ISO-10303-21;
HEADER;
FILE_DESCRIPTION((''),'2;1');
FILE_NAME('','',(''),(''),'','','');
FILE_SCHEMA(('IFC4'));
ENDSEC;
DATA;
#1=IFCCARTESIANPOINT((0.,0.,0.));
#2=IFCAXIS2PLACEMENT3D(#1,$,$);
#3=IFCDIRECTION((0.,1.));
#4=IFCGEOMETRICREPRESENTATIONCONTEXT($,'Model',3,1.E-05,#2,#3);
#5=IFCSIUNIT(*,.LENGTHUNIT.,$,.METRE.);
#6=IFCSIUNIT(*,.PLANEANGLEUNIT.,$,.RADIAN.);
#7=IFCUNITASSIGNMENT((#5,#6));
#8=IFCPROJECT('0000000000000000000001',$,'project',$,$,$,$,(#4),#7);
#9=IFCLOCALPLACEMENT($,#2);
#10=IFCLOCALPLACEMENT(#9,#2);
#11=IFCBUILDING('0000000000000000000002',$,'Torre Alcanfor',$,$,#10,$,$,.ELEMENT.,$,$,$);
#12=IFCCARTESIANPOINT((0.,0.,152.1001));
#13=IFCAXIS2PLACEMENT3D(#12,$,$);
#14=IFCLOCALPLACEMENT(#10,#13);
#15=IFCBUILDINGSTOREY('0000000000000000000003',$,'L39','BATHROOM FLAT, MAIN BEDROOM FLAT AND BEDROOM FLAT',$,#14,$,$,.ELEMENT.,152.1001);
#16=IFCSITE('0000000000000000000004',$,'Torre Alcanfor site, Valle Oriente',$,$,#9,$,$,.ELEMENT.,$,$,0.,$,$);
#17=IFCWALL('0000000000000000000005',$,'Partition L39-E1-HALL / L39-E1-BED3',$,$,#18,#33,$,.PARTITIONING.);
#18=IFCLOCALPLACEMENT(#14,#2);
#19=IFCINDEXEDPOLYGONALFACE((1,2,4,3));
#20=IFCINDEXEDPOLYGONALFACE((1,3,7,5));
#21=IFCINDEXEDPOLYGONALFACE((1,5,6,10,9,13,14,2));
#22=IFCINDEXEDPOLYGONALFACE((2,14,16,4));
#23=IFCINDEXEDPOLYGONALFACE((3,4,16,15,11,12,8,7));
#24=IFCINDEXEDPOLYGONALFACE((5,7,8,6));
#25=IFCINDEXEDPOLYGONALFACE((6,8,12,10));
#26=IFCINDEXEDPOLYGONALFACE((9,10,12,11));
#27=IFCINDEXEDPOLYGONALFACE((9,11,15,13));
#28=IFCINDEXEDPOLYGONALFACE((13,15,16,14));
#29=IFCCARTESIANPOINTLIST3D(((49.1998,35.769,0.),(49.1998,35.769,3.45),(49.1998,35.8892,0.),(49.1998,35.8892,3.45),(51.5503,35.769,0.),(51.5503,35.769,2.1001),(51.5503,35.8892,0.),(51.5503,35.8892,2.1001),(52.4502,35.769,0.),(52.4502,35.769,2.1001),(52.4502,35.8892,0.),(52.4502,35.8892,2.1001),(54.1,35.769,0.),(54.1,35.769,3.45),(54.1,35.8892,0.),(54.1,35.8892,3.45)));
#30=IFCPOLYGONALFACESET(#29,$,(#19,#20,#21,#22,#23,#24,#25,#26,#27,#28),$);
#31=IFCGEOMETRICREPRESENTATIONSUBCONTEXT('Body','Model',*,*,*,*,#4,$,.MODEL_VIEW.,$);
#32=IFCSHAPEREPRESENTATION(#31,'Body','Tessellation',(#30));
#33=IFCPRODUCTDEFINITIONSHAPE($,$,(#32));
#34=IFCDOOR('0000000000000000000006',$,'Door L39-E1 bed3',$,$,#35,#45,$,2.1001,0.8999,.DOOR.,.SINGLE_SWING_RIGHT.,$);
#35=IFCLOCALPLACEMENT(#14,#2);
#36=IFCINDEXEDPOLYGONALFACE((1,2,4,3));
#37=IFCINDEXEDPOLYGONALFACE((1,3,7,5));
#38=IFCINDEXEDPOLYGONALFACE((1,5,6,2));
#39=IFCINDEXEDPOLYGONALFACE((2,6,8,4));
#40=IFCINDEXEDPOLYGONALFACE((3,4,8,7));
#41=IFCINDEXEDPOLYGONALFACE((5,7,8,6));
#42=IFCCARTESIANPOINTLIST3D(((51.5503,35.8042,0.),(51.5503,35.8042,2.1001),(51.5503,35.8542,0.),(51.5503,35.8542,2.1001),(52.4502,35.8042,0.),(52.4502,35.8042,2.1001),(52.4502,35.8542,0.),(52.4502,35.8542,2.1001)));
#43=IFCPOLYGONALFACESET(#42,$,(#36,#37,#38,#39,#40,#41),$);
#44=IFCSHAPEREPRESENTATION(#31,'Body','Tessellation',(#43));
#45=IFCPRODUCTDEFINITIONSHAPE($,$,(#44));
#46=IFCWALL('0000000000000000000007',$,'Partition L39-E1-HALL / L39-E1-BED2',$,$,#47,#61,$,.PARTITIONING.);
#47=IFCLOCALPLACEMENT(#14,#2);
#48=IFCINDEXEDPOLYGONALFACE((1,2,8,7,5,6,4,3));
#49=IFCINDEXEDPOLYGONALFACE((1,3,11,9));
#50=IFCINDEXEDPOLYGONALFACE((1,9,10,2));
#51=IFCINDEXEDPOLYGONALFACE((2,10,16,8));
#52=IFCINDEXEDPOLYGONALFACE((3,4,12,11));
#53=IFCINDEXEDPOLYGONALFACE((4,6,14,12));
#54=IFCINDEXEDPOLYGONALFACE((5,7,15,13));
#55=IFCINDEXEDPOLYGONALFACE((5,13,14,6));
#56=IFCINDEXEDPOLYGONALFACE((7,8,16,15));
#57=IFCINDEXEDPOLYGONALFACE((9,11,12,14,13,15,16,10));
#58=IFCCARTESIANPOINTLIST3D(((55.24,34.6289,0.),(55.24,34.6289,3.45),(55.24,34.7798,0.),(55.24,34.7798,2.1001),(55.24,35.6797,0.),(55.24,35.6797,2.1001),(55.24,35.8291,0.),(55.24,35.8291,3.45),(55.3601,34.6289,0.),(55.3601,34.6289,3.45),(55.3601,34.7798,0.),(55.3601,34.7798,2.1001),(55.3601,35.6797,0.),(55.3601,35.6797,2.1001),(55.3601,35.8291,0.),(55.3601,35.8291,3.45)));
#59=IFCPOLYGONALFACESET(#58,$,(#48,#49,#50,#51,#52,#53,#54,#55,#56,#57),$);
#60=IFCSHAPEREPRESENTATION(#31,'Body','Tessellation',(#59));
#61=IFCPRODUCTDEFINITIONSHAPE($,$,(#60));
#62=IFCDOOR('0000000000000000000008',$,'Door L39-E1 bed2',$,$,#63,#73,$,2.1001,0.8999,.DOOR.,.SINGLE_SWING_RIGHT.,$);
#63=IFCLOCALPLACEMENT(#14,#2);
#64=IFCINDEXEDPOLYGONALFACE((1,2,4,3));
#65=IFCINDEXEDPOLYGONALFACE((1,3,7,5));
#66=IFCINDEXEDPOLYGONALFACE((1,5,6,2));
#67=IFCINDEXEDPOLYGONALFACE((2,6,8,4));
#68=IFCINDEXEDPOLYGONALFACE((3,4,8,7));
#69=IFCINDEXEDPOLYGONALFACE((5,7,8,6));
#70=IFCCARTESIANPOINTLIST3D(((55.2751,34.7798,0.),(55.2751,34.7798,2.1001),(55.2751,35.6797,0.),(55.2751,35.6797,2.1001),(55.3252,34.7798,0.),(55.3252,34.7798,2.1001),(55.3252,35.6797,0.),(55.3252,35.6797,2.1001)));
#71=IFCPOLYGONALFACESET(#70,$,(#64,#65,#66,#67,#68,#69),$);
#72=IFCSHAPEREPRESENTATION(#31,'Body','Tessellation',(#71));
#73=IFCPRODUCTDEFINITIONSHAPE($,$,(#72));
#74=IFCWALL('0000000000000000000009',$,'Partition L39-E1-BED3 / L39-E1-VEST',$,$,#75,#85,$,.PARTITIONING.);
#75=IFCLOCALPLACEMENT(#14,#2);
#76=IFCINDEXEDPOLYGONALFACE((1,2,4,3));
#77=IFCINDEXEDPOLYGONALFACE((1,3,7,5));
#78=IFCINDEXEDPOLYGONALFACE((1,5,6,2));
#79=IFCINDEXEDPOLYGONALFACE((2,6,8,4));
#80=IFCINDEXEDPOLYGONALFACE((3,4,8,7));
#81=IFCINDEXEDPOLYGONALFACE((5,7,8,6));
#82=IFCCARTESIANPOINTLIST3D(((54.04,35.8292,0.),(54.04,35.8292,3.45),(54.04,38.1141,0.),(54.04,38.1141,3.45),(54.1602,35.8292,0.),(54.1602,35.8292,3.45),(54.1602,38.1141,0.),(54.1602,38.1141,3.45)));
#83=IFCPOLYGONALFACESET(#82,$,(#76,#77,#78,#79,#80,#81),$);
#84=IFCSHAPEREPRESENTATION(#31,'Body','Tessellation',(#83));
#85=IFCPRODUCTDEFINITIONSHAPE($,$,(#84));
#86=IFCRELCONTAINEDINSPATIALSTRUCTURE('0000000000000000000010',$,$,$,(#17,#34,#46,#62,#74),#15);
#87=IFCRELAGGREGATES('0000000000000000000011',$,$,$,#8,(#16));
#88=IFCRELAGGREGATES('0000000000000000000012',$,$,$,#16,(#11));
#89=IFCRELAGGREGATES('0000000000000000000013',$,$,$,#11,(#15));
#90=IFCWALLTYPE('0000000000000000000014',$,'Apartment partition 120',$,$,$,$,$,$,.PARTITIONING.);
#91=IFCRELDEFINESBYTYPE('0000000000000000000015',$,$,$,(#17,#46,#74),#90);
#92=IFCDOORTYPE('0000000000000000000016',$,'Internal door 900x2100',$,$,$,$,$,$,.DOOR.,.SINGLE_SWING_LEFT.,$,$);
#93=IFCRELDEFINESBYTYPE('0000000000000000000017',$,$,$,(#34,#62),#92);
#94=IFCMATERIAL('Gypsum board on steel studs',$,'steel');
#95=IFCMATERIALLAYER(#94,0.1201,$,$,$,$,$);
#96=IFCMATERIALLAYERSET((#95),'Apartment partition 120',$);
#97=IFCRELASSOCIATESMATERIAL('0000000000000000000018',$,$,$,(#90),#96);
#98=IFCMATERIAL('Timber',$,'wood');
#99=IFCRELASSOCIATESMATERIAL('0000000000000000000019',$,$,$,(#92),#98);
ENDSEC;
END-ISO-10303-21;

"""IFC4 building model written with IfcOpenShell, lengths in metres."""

from ifc_helpers import new_model, si_unit, direction, frame, frame_2d, origin, place, context, subcontext, project, spatial, rectangle, extrude, material, layer, layer_set, type_object, element, fill, save


model = new_model("IFC4")

# Units and contexts
model_context = context("Model", 3, precision=1e-05, world=origin(), true_north=direction((0.0, 1.0)))
body_context = subcontext(model_context, "Body", "Model", "MODEL_VIEW")
ifc_project = project(units=[si_unit("LENGTHUNIT", "METRE"), si_unit("PLANEANGLEUNIT", "RADIAN")], contexts=[model_context])

# Site, building, storey
site_placement = place(None, origin())
site = spatial("IfcSite", under=ifc_project, at=site_placement, Name="Torre Alcanfor site, Valle Oriente", CompositionType="ELEMENT", RefElevation=0.0)
building_placement = place(site_placement, origin())
building = spatial("IfcBuilding", under=site, at=building_placement, Name="Torre Alcanfor", CompositionType="ELEMENT")
storey_placement = place(building_placement, frame((0.0, 0.0, 152.1001)))
storey = spatial("IfcBuildingStorey", under=building, at=storey_placement, Name="L39", Description="BATHROOM FLAT, MAIN BEDROOM FLAT AND BEDROOM FLAT", CompositionType="ELEMENT", Elevation=152.1001)

# Shared definitions
ifc_material_1 = material(Name="Gypsum board on steel studs", Category="steel")
ifc_layer_1 = layer(ifc_material_1, 0.1201)
ifc_layer_set_1 = layer_set([ifc_layer_1], Name="Apartment partition 120")
wall_type = type_object("IfcWallType", Name="Apartment partition 120", PredefinedType="PARTITIONING", material=ifc_layer_set_1)
ifc_material_2 = material(Name="Timber", Category="wood")
door_type = type_object("IfcDoorType", Name="Internal door 900x2100", OperationType="SINGLE_SWING_LEFT", PredefinedType="DOOR", material=ifc_material_2)

# Walls, openings, doors
wall_1_placement = place(storey_placement, frame((54.1001, 35.8291, 0.0), z_axis=(0.0, 0.0, 1.0), x_axis=(-1.0, 0.0, 0.0)))
wall_1 = element("IfcWall", 1, at=wall_1_placement, inside=storey, type_object=wall_type, Name="Partition L39-E1-HALL / L39-E1-BED3", PredefinedType="PARTITIONING", context=body_context, shape_type="SweptSolid", body=[
    extrude(rectangle(XDim=4.9001, YDim=0.1201, at=frame_2d((2.4502, 0.0))), origin(), (0.0, 0.0, 1.0), 3.45),
])
opening_1_placement = place(wall_1_placement, frame((1.6499, 0.0, 0.0)))
opening_1 = element("IfcOpeningElement", 2, at=opening_1_placement, cuts=wall_1, PredefinedType="OPENING", context=body_context, shape_type="SweptSolid", body=[
    extrude(rectangle(XDim=0.8999, YDim=2.1001, at=frame_2d((0.45, 1.05))), frame((0.0, 0.0701, 0.0), z_axis=(0.0, -1.0, 0.0), x_axis=(1.0, 0.0, 0.0)), (0.0, 0.0, 1.0), 0.1401),
])
door_1_placement = place(opening_1_placement, frame((0.8999, 0.0, 0.0), z_axis=(0.0, 0.0, 1.0), x_axis=(-1.0, 0.0, 0.0)))
door_1 = element("IfcDoor", 3, at=door_1_placement, inside=storey, type_object=door_type, Name="Door L39-E1 bed3", OperationType="SINGLE_SWING_RIGHT", OverallHeight=2.1001, OverallWidth=0.8999, PredefinedType="DOOR", context=body_context, shape_type="SweptSolid", body=[
    extrude(rectangle(XDim=0.8999, YDim=2.1001, at=frame_2d((0.45, 1.05))), frame((0.0, 0.0251, 0.0), z_axis=(0.0, -1.0, 0.0), x_axis=(1.0, 0.0, 0.0)), (0.0, 0.0, 1.0), 0.05),
])
fill(opening_1, door_1)
wall_2_placement = place(storey_placement, frame((55.3, 34.6289, 0.0), z_axis=(0.0, 0.0, 1.0), x_axis=(0.0, 1.0, 0.0)))
wall_2 = element("IfcWall", 4, at=wall_2_placement, inside=storey, type_object=wall_type, Name="Partition L39-E1-HALL / L39-E1-BED2", PredefinedType="PARTITIONING", context=body_context, shape_type="SweptSolid", body=[
    extrude(rectangle(XDim=1.2002, YDim=0.1201, at=frame_2d((0.6001, 0.0))), origin(), (0.0, 0.0, 1.0), 3.45),
])
opening_2_placement = place(wall_2_placement, frame((0.1509, 0.0, 0.0)))
opening_2 = element("IfcOpeningElement", 5, at=opening_2_placement, cuts=wall_2, PredefinedType="OPENING", context=body_context, shape_type="SweptSolid", body=[
    extrude(rectangle(XDim=0.8999, YDim=2.1001, at=frame_2d((0.45, 1.05))), frame((0.0, 0.0701, 0.0), z_axis=(0.0, -1.0, 0.0), x_axis=(1.0, 0.0, 0.0)), (0.0, 0.0, 1.0), 0.1401),
])
door_2_placement = place(opening_2_placement, frame((0.8999, 0.0, 0.0), z_axis=(0.0, 0.0, 1.0), x_axis=(-1.0, 0.0, 0.0)))
door_2 = element("IfcDoor", 6, at=door_2_placement, inside=storey, type_object=door_type, Name="Door L39-E1 bed2", OperationType="SINGLE_SWING_RIGHT", OverallHeight=2.1001, OverallWidth=0.8999, PredefinedType="DOOR", context=body_context, shape_type="SweptSolid", body=[
    extrude(rectangle(XDim=0.8999, YDim=2.1001, at=frame_2d((0.45, 1.05))), frame((0.0, 0.0251, 0.0), z_axis=(0.0, -1.0, 0.0), x_axis=(1.0, 0.0, 0.0)), (0.0, 0.0, 1.0), 0.05),
])
fill(opening_2, door_2)

# Wall
wall_3_placement = place(storey_placement, frame((54.1001, 35.8291, 0.0), z_axis=(0.0, 0.0, 1.0), x_axis=(0.0, 1.0, 0.0)))
element("IfcWall", 7, at=wall_3_placement, inside=storey, type_object=wall_type, Name="Partition L39-E1-BED3 / L39-E1-VEST", PredefinedType="PARTITIONING", context=body_context, shape_type="SweptSolid", body=[
    extrude(rectangle(XDim=2.2849, YDim=0.1201, at=frame_2d((1.1426, 0.0))), origin(), (0.0, 0.0, 1.0), 3.45),
])

save(model, "model.ifc")
